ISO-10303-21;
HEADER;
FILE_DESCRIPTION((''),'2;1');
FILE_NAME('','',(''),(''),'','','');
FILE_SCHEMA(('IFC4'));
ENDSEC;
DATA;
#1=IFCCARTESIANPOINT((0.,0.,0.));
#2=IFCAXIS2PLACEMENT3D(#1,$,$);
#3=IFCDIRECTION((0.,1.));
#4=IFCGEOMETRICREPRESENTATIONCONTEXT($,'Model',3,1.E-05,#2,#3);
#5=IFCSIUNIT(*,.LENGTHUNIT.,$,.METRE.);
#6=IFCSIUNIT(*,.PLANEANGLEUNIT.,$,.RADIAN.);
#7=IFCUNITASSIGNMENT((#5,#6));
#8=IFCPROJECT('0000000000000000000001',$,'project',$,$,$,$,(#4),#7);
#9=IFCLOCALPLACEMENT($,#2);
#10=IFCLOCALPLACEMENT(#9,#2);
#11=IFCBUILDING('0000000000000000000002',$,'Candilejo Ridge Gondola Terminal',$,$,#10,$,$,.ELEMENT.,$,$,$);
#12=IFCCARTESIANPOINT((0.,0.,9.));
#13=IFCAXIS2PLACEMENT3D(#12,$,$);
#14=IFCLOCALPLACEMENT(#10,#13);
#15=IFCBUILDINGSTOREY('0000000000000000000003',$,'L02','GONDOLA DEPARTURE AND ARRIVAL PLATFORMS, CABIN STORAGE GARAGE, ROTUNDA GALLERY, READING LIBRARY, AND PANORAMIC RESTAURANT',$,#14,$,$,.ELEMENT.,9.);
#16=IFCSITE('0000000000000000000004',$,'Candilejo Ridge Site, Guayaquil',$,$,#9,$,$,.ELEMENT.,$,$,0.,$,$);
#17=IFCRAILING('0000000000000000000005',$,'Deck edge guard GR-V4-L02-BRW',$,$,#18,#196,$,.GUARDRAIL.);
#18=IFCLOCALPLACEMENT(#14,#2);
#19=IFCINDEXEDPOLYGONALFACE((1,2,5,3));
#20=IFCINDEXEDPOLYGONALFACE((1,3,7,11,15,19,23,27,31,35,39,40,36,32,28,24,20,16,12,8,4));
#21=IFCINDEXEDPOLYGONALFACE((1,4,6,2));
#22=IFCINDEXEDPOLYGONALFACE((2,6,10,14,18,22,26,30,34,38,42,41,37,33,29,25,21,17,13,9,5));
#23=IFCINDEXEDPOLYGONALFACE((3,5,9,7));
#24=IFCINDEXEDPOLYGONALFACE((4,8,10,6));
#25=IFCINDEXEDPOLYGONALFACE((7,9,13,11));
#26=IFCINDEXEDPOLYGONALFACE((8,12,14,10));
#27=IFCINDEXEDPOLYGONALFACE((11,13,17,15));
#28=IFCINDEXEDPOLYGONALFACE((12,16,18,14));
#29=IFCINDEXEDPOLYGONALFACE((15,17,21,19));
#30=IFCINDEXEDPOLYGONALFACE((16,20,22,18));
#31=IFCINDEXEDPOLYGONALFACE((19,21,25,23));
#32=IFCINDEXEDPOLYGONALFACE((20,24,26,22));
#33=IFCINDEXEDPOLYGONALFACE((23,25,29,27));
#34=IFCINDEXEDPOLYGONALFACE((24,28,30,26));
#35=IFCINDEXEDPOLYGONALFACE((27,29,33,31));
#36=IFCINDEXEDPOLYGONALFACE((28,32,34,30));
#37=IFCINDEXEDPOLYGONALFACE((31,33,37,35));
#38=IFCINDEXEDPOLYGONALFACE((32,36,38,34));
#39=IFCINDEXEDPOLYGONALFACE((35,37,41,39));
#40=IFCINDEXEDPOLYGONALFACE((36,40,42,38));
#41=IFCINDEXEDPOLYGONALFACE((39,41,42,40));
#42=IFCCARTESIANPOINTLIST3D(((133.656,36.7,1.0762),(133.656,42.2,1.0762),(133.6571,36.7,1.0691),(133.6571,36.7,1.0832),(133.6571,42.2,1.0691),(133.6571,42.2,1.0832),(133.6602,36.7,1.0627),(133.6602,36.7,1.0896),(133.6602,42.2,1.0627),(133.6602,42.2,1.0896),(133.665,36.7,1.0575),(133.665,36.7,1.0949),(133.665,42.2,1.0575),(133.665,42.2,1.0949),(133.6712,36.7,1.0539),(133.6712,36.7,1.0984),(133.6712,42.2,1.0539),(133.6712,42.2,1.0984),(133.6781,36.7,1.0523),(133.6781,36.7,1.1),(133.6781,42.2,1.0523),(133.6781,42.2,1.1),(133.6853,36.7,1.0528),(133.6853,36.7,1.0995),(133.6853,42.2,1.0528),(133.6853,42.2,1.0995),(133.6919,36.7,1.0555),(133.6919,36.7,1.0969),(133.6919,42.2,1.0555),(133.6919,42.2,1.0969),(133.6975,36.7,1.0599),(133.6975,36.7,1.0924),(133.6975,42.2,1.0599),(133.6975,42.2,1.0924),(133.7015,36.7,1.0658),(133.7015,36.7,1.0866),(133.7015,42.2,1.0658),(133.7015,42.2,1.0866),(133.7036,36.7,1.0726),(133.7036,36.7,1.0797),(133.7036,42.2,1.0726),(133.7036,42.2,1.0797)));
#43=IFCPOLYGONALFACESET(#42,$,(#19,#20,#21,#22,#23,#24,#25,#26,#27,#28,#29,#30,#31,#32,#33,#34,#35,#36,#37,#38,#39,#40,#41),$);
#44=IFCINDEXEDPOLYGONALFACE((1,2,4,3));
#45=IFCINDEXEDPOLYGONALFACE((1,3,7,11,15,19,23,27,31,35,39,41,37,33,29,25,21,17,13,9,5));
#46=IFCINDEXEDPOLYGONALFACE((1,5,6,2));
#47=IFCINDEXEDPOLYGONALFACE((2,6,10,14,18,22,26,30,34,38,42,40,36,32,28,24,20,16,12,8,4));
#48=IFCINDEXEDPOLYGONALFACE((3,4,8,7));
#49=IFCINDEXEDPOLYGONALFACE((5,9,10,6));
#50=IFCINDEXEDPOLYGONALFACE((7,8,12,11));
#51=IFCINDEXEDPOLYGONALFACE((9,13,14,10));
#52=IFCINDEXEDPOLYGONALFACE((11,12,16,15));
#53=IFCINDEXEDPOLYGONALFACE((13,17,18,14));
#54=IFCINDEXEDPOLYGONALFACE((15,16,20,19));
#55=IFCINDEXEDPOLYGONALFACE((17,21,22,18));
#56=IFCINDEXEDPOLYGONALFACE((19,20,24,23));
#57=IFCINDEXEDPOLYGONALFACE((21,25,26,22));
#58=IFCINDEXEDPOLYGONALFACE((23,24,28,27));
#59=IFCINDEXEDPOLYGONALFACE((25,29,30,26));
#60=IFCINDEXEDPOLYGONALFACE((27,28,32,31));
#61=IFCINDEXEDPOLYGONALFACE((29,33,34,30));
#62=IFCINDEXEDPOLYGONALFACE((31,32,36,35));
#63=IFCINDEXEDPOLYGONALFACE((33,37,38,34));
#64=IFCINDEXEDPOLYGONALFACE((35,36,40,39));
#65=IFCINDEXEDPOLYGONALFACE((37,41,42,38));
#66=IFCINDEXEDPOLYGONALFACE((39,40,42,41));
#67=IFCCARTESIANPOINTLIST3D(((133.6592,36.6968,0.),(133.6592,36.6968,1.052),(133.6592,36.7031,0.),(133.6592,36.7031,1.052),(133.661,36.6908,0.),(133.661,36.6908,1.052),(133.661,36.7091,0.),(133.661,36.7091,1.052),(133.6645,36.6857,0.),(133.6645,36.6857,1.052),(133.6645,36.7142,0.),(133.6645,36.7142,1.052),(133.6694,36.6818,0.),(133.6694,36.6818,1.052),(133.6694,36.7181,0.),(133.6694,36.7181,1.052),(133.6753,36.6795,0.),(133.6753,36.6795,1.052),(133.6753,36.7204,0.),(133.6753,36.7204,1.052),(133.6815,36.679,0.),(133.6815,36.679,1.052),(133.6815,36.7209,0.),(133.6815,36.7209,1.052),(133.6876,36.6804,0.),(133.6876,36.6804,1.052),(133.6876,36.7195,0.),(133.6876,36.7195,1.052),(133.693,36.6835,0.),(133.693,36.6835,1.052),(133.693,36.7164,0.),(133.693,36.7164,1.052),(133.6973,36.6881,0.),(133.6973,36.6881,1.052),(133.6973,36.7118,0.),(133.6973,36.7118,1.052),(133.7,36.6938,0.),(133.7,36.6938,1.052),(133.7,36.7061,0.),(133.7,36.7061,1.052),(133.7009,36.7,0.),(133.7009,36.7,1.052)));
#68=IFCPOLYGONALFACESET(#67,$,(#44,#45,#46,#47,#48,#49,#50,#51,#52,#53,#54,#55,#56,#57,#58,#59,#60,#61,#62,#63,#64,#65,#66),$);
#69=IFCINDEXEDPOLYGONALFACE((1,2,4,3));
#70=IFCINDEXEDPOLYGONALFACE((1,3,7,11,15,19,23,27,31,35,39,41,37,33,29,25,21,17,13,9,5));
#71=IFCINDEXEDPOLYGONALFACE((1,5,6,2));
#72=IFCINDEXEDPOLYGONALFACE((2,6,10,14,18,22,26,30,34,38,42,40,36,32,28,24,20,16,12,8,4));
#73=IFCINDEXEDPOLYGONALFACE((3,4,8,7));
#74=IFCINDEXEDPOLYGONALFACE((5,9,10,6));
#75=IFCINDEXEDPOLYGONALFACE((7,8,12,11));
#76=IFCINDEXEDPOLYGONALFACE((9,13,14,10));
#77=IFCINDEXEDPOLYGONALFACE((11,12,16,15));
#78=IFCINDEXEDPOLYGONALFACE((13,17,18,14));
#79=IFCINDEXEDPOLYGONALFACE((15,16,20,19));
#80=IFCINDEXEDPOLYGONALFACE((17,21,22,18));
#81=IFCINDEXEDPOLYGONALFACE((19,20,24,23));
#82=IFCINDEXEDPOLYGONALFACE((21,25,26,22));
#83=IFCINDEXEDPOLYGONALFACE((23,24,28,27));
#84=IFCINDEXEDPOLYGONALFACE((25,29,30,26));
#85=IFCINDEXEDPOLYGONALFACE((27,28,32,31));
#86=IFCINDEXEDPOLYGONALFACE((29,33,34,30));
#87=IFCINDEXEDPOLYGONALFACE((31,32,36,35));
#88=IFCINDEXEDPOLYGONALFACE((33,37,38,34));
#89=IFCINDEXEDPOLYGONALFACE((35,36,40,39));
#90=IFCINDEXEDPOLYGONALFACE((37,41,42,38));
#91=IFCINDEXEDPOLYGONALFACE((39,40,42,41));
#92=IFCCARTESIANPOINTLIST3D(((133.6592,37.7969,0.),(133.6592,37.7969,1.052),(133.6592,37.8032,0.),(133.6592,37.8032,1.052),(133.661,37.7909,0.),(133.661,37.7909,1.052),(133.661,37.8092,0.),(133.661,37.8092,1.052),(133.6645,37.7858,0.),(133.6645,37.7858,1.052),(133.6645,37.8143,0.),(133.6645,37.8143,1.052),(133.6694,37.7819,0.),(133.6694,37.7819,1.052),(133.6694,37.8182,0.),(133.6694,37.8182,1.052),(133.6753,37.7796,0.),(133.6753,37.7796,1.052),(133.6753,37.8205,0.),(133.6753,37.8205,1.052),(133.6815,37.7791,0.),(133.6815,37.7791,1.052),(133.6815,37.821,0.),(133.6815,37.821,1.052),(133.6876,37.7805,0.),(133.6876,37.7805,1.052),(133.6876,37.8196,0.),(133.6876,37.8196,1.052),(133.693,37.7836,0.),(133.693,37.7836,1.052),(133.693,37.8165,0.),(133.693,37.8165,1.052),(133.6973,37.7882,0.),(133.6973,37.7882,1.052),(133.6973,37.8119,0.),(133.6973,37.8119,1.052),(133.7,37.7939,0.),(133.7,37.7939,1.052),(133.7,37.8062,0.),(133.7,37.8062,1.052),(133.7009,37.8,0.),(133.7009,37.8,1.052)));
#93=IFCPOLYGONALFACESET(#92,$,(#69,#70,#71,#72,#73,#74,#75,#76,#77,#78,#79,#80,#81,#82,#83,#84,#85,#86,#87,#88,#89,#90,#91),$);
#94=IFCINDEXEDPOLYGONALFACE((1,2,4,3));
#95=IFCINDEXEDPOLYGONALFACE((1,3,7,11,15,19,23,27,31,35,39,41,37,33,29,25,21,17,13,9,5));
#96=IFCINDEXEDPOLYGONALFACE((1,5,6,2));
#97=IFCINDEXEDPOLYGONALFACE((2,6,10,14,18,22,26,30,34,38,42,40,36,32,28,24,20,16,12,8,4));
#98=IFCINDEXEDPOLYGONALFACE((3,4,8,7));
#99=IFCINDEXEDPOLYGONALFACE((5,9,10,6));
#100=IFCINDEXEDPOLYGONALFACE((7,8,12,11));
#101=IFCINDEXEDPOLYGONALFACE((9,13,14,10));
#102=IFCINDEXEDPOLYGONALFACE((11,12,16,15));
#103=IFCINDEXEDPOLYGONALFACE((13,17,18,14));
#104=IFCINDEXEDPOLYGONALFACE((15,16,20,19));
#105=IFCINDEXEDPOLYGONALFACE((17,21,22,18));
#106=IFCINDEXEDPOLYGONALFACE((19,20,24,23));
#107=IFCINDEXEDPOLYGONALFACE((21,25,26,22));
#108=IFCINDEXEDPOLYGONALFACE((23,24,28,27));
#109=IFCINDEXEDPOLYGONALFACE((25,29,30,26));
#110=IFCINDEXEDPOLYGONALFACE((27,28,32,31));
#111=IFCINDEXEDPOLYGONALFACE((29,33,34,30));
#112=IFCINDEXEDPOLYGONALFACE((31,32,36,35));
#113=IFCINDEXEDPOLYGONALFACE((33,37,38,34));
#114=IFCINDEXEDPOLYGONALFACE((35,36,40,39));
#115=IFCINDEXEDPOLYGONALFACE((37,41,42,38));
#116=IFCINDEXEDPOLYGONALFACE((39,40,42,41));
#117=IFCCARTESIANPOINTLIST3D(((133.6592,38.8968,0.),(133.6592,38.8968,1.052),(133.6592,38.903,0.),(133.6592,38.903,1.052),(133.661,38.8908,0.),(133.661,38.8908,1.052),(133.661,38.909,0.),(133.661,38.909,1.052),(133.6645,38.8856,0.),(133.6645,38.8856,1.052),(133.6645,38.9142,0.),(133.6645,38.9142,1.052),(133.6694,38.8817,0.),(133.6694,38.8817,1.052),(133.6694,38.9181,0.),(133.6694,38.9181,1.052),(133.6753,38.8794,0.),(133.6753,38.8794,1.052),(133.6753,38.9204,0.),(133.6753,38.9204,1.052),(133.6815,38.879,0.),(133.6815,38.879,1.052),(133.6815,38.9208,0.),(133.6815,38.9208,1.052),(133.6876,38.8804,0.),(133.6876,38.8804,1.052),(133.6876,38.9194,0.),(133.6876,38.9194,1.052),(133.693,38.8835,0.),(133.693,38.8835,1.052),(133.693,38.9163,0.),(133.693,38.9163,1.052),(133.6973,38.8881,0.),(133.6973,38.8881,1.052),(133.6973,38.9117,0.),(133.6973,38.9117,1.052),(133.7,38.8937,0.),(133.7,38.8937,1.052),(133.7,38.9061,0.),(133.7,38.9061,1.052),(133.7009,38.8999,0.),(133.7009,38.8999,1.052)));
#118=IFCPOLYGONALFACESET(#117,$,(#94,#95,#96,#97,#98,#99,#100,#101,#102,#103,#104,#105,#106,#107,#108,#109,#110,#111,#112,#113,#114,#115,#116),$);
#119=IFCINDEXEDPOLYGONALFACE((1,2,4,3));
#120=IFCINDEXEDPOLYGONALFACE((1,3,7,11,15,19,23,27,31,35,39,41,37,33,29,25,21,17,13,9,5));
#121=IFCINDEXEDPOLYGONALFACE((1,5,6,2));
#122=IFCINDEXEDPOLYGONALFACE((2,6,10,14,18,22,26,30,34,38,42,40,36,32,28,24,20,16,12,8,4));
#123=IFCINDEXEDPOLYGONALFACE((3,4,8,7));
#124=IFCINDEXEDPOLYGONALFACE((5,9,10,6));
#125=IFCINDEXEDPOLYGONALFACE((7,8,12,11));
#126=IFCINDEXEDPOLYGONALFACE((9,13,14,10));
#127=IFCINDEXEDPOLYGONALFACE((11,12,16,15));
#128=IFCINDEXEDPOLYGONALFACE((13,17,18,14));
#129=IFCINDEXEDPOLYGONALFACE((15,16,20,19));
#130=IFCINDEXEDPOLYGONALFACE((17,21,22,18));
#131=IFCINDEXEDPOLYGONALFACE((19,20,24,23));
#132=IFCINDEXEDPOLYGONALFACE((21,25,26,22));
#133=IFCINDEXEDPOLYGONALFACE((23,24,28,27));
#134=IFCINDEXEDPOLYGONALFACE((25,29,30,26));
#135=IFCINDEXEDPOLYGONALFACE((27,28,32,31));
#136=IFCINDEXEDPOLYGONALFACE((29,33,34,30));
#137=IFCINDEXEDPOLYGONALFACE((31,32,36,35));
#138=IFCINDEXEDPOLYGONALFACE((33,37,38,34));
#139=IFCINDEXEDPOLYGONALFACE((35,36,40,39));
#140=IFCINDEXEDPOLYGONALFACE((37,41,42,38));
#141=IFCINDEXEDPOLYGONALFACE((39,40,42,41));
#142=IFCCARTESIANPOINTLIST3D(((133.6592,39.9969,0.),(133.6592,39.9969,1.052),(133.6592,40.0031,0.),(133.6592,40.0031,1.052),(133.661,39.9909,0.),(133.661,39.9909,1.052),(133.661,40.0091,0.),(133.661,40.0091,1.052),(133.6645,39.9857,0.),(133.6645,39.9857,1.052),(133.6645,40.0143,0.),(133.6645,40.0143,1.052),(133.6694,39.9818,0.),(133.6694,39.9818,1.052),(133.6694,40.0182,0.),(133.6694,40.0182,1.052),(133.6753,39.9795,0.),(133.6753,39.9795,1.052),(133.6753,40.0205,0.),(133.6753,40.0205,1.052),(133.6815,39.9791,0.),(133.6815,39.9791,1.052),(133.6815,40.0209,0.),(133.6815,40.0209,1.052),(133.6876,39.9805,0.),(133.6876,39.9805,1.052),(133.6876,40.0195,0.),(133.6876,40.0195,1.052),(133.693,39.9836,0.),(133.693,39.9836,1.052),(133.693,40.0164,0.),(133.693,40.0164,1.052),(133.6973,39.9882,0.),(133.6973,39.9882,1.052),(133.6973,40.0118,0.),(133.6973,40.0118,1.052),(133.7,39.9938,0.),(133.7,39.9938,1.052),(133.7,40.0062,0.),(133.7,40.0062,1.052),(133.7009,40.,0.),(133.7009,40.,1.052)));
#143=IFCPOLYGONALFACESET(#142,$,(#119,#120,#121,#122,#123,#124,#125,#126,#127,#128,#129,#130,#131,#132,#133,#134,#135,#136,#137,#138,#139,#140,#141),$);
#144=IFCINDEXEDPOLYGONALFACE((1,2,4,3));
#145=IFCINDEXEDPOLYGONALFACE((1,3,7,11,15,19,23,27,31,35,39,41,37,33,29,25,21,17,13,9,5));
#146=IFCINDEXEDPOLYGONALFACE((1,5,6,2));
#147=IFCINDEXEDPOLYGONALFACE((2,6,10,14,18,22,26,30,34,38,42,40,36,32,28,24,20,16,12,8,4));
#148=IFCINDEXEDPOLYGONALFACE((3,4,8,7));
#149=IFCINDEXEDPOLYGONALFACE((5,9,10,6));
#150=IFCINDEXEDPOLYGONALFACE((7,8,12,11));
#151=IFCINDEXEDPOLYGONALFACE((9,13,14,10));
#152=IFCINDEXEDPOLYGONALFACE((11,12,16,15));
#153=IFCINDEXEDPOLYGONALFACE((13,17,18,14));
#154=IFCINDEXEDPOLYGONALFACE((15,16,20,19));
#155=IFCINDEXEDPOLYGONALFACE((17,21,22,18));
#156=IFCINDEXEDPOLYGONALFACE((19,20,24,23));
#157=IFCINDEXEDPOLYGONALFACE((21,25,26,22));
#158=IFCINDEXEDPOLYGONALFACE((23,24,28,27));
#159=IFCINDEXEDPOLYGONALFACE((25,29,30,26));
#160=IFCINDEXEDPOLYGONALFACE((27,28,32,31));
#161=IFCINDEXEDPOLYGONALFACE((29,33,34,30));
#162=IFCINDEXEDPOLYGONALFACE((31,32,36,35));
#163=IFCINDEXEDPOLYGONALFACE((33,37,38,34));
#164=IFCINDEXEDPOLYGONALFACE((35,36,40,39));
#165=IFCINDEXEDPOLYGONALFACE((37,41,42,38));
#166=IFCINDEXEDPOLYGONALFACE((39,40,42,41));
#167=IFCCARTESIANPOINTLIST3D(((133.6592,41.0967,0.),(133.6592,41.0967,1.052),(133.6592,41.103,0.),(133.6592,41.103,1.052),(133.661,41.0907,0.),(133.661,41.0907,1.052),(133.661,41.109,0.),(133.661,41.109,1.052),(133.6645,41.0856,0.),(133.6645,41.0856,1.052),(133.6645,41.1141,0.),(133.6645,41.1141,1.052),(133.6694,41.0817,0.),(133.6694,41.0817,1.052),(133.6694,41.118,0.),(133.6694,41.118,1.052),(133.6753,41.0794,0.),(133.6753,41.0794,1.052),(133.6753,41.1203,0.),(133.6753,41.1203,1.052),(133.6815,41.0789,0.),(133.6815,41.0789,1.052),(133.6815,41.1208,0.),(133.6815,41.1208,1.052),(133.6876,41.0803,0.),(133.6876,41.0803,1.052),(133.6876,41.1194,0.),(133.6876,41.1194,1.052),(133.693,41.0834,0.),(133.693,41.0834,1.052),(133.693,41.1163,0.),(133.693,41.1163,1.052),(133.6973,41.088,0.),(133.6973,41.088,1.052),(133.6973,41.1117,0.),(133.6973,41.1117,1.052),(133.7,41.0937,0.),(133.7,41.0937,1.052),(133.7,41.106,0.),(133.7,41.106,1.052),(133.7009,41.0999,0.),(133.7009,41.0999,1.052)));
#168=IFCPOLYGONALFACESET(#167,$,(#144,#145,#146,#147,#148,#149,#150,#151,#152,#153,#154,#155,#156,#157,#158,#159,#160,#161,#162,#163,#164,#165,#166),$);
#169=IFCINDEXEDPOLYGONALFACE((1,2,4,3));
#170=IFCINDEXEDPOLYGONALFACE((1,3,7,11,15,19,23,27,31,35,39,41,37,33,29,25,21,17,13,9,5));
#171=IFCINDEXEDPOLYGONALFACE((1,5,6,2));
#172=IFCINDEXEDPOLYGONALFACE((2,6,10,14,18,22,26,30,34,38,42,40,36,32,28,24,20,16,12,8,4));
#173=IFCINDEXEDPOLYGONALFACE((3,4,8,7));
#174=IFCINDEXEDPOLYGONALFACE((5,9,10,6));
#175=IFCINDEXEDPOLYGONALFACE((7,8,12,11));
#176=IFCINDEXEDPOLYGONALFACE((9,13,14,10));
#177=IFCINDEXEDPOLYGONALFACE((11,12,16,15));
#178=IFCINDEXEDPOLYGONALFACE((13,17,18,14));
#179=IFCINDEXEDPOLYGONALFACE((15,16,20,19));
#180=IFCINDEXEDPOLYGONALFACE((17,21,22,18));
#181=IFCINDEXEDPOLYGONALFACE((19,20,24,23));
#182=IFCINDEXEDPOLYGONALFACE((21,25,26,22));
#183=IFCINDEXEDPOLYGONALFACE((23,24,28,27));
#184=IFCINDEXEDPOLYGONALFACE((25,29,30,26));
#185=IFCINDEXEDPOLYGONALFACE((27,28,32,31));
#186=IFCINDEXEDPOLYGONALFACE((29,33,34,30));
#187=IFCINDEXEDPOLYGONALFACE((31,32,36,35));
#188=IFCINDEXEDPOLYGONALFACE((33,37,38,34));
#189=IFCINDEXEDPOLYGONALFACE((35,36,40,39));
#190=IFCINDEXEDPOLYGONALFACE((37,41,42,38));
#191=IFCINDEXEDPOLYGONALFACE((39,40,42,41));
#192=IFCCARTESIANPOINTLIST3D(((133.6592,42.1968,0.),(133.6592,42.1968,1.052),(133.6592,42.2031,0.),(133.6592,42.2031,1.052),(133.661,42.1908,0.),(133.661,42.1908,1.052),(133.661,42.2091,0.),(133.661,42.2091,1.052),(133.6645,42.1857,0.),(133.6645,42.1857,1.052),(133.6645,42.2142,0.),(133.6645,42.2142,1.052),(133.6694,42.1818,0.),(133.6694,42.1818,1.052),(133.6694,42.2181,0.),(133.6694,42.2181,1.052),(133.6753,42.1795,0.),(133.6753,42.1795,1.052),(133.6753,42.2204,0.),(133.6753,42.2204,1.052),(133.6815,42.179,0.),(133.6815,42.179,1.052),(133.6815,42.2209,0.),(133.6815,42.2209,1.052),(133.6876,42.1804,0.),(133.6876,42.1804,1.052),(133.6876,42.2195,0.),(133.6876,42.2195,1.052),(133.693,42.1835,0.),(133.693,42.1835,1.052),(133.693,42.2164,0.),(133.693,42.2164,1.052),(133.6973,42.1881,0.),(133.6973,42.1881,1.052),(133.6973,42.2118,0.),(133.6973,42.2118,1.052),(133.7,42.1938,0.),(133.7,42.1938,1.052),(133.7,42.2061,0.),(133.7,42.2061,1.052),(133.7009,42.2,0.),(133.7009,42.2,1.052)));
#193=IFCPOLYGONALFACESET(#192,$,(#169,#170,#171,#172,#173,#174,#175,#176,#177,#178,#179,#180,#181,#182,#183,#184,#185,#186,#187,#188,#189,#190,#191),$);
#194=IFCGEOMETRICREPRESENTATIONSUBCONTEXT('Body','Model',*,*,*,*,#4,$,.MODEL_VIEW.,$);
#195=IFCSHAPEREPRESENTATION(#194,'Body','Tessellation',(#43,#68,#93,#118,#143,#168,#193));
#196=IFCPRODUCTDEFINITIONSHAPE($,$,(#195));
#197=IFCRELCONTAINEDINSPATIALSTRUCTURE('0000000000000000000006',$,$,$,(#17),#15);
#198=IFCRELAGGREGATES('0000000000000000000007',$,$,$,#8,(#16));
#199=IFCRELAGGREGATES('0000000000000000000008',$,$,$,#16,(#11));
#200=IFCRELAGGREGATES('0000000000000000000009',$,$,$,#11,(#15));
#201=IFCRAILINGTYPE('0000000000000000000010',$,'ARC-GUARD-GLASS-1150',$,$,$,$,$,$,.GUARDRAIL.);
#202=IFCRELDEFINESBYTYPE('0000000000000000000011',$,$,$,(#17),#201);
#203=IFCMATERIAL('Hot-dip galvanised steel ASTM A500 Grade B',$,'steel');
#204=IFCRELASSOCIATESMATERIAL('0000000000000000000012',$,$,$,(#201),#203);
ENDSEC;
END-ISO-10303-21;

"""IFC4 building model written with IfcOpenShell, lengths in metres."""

from ifc_helpers import new_model, si_unit, direction, frame, origin, origin_2d, place, context, subcontext, project, spatial, circle, extrude, material, type_object, element, save


model = new_model("IFC4")

# Units and contexts
model_context = context("Model", 3, precision=1e-05, world=origin(), true_north=direction((0.0, 1.0)))
body_context = subcontext(model_context, "Body", "Model", "MODEL_VIEW")
ifc_project = project(units=[si_unit("LENGTHUNIT", "METRE"), si_unit("PLANEANGLEUNIT", "RADIAN")], contexts=[model_context])

# Site, building, storey
site_placement = place(None, origin())
site = spatial("IfcSite", under=ifc_project, at=site_placement, Name="Candilejo Ridge Site, Guayaquil", CompositionType="ELEMENT", RefElevation=0.0)
building_placement = place(site_placement, origin())
building = spatial("IfcBuilding", under=site, at=building_placement, Name="Candilejo Ridge Gondola Terminal", CompositionType="ELEMENT")
storey_placement = place(building_placement, frame((0.0, 0.0, 9.0)))
storey = spatial("IfcBuildingStorey", under=building, at=storey_placement, Name="L02", Description="GONDOLA DEPARTURE AND ARRIVAL PLATFORMS, CABIN STORAGE GARAGE, ROTUNDA GALLERY, READING LIBRARY, AND PANORAMIC RESTAURANT", CompositionType="ELEMENT", Elevation=9.0)

# Railing
ifc_material_1 = material(Name="Hot-dip galvanised steel ASTM A500 Grade B", Category="steel")
railing_type = type_object("IfcRailingType", Name="ARC-GUARD-GLASS-1150", PredefinedType="GUARDRAIL", material=ifc_material_1)
railing_placement = place(storey_placement, frame((133.6799, 36.7, 0.0)))
element("IfcRailing", 1, at=railing_placement, inside=storey, type_object=railing_type, Name="Deck edge guard GR-V4-L02-BRW", PredefinedType="GUARDRAIL", context=body_context, shape_type="SweptSolid", body=[
    extrude(circle(Radius=0.0239, at=origin_2d()), frame((0.0, 0.0, 1.0762), z_axis=(0.0, 1.0, 0.0), x_axis=(-1.0, 0.0, 0.0)), (0.0, 0.0, 1.0), 5.5),
    extrude(circle(Radius=0.021, at=origin_2d()), origin(), (0.0, 0.0, 1.0), 1.052),
    extrude(circle(Radius=0.021, at=origin_2d()), frame((0.0, 1.1001, 0.0)), (0.0, 0.0, 1.0), 1.052),
    extrude(circle(Radius=0.021, at=origin_2d()), frame((0.0, 2.2, 0.0)), (0.0, 0.0, 1.0), 1.052),
    extrude(circle(Radius=0.021, at=origin_2d()), frame((0.0, 3.3, 0.0)), (0.0, 0.0, 1.0), 1.052),
    extrude(circle(Radius=0.021, at=origin_2d()), frame((0.0, 4.3999, 0.0)), (0.0, 0.0, 1.0), 1.052),
    extrude(circle(Radius=0.021, at=origin_2d()), frame((0.0, 5.5, 0.0)), (0.0, 0.0, 1.0), 1.052),
])

save(model, "model.ifc")
